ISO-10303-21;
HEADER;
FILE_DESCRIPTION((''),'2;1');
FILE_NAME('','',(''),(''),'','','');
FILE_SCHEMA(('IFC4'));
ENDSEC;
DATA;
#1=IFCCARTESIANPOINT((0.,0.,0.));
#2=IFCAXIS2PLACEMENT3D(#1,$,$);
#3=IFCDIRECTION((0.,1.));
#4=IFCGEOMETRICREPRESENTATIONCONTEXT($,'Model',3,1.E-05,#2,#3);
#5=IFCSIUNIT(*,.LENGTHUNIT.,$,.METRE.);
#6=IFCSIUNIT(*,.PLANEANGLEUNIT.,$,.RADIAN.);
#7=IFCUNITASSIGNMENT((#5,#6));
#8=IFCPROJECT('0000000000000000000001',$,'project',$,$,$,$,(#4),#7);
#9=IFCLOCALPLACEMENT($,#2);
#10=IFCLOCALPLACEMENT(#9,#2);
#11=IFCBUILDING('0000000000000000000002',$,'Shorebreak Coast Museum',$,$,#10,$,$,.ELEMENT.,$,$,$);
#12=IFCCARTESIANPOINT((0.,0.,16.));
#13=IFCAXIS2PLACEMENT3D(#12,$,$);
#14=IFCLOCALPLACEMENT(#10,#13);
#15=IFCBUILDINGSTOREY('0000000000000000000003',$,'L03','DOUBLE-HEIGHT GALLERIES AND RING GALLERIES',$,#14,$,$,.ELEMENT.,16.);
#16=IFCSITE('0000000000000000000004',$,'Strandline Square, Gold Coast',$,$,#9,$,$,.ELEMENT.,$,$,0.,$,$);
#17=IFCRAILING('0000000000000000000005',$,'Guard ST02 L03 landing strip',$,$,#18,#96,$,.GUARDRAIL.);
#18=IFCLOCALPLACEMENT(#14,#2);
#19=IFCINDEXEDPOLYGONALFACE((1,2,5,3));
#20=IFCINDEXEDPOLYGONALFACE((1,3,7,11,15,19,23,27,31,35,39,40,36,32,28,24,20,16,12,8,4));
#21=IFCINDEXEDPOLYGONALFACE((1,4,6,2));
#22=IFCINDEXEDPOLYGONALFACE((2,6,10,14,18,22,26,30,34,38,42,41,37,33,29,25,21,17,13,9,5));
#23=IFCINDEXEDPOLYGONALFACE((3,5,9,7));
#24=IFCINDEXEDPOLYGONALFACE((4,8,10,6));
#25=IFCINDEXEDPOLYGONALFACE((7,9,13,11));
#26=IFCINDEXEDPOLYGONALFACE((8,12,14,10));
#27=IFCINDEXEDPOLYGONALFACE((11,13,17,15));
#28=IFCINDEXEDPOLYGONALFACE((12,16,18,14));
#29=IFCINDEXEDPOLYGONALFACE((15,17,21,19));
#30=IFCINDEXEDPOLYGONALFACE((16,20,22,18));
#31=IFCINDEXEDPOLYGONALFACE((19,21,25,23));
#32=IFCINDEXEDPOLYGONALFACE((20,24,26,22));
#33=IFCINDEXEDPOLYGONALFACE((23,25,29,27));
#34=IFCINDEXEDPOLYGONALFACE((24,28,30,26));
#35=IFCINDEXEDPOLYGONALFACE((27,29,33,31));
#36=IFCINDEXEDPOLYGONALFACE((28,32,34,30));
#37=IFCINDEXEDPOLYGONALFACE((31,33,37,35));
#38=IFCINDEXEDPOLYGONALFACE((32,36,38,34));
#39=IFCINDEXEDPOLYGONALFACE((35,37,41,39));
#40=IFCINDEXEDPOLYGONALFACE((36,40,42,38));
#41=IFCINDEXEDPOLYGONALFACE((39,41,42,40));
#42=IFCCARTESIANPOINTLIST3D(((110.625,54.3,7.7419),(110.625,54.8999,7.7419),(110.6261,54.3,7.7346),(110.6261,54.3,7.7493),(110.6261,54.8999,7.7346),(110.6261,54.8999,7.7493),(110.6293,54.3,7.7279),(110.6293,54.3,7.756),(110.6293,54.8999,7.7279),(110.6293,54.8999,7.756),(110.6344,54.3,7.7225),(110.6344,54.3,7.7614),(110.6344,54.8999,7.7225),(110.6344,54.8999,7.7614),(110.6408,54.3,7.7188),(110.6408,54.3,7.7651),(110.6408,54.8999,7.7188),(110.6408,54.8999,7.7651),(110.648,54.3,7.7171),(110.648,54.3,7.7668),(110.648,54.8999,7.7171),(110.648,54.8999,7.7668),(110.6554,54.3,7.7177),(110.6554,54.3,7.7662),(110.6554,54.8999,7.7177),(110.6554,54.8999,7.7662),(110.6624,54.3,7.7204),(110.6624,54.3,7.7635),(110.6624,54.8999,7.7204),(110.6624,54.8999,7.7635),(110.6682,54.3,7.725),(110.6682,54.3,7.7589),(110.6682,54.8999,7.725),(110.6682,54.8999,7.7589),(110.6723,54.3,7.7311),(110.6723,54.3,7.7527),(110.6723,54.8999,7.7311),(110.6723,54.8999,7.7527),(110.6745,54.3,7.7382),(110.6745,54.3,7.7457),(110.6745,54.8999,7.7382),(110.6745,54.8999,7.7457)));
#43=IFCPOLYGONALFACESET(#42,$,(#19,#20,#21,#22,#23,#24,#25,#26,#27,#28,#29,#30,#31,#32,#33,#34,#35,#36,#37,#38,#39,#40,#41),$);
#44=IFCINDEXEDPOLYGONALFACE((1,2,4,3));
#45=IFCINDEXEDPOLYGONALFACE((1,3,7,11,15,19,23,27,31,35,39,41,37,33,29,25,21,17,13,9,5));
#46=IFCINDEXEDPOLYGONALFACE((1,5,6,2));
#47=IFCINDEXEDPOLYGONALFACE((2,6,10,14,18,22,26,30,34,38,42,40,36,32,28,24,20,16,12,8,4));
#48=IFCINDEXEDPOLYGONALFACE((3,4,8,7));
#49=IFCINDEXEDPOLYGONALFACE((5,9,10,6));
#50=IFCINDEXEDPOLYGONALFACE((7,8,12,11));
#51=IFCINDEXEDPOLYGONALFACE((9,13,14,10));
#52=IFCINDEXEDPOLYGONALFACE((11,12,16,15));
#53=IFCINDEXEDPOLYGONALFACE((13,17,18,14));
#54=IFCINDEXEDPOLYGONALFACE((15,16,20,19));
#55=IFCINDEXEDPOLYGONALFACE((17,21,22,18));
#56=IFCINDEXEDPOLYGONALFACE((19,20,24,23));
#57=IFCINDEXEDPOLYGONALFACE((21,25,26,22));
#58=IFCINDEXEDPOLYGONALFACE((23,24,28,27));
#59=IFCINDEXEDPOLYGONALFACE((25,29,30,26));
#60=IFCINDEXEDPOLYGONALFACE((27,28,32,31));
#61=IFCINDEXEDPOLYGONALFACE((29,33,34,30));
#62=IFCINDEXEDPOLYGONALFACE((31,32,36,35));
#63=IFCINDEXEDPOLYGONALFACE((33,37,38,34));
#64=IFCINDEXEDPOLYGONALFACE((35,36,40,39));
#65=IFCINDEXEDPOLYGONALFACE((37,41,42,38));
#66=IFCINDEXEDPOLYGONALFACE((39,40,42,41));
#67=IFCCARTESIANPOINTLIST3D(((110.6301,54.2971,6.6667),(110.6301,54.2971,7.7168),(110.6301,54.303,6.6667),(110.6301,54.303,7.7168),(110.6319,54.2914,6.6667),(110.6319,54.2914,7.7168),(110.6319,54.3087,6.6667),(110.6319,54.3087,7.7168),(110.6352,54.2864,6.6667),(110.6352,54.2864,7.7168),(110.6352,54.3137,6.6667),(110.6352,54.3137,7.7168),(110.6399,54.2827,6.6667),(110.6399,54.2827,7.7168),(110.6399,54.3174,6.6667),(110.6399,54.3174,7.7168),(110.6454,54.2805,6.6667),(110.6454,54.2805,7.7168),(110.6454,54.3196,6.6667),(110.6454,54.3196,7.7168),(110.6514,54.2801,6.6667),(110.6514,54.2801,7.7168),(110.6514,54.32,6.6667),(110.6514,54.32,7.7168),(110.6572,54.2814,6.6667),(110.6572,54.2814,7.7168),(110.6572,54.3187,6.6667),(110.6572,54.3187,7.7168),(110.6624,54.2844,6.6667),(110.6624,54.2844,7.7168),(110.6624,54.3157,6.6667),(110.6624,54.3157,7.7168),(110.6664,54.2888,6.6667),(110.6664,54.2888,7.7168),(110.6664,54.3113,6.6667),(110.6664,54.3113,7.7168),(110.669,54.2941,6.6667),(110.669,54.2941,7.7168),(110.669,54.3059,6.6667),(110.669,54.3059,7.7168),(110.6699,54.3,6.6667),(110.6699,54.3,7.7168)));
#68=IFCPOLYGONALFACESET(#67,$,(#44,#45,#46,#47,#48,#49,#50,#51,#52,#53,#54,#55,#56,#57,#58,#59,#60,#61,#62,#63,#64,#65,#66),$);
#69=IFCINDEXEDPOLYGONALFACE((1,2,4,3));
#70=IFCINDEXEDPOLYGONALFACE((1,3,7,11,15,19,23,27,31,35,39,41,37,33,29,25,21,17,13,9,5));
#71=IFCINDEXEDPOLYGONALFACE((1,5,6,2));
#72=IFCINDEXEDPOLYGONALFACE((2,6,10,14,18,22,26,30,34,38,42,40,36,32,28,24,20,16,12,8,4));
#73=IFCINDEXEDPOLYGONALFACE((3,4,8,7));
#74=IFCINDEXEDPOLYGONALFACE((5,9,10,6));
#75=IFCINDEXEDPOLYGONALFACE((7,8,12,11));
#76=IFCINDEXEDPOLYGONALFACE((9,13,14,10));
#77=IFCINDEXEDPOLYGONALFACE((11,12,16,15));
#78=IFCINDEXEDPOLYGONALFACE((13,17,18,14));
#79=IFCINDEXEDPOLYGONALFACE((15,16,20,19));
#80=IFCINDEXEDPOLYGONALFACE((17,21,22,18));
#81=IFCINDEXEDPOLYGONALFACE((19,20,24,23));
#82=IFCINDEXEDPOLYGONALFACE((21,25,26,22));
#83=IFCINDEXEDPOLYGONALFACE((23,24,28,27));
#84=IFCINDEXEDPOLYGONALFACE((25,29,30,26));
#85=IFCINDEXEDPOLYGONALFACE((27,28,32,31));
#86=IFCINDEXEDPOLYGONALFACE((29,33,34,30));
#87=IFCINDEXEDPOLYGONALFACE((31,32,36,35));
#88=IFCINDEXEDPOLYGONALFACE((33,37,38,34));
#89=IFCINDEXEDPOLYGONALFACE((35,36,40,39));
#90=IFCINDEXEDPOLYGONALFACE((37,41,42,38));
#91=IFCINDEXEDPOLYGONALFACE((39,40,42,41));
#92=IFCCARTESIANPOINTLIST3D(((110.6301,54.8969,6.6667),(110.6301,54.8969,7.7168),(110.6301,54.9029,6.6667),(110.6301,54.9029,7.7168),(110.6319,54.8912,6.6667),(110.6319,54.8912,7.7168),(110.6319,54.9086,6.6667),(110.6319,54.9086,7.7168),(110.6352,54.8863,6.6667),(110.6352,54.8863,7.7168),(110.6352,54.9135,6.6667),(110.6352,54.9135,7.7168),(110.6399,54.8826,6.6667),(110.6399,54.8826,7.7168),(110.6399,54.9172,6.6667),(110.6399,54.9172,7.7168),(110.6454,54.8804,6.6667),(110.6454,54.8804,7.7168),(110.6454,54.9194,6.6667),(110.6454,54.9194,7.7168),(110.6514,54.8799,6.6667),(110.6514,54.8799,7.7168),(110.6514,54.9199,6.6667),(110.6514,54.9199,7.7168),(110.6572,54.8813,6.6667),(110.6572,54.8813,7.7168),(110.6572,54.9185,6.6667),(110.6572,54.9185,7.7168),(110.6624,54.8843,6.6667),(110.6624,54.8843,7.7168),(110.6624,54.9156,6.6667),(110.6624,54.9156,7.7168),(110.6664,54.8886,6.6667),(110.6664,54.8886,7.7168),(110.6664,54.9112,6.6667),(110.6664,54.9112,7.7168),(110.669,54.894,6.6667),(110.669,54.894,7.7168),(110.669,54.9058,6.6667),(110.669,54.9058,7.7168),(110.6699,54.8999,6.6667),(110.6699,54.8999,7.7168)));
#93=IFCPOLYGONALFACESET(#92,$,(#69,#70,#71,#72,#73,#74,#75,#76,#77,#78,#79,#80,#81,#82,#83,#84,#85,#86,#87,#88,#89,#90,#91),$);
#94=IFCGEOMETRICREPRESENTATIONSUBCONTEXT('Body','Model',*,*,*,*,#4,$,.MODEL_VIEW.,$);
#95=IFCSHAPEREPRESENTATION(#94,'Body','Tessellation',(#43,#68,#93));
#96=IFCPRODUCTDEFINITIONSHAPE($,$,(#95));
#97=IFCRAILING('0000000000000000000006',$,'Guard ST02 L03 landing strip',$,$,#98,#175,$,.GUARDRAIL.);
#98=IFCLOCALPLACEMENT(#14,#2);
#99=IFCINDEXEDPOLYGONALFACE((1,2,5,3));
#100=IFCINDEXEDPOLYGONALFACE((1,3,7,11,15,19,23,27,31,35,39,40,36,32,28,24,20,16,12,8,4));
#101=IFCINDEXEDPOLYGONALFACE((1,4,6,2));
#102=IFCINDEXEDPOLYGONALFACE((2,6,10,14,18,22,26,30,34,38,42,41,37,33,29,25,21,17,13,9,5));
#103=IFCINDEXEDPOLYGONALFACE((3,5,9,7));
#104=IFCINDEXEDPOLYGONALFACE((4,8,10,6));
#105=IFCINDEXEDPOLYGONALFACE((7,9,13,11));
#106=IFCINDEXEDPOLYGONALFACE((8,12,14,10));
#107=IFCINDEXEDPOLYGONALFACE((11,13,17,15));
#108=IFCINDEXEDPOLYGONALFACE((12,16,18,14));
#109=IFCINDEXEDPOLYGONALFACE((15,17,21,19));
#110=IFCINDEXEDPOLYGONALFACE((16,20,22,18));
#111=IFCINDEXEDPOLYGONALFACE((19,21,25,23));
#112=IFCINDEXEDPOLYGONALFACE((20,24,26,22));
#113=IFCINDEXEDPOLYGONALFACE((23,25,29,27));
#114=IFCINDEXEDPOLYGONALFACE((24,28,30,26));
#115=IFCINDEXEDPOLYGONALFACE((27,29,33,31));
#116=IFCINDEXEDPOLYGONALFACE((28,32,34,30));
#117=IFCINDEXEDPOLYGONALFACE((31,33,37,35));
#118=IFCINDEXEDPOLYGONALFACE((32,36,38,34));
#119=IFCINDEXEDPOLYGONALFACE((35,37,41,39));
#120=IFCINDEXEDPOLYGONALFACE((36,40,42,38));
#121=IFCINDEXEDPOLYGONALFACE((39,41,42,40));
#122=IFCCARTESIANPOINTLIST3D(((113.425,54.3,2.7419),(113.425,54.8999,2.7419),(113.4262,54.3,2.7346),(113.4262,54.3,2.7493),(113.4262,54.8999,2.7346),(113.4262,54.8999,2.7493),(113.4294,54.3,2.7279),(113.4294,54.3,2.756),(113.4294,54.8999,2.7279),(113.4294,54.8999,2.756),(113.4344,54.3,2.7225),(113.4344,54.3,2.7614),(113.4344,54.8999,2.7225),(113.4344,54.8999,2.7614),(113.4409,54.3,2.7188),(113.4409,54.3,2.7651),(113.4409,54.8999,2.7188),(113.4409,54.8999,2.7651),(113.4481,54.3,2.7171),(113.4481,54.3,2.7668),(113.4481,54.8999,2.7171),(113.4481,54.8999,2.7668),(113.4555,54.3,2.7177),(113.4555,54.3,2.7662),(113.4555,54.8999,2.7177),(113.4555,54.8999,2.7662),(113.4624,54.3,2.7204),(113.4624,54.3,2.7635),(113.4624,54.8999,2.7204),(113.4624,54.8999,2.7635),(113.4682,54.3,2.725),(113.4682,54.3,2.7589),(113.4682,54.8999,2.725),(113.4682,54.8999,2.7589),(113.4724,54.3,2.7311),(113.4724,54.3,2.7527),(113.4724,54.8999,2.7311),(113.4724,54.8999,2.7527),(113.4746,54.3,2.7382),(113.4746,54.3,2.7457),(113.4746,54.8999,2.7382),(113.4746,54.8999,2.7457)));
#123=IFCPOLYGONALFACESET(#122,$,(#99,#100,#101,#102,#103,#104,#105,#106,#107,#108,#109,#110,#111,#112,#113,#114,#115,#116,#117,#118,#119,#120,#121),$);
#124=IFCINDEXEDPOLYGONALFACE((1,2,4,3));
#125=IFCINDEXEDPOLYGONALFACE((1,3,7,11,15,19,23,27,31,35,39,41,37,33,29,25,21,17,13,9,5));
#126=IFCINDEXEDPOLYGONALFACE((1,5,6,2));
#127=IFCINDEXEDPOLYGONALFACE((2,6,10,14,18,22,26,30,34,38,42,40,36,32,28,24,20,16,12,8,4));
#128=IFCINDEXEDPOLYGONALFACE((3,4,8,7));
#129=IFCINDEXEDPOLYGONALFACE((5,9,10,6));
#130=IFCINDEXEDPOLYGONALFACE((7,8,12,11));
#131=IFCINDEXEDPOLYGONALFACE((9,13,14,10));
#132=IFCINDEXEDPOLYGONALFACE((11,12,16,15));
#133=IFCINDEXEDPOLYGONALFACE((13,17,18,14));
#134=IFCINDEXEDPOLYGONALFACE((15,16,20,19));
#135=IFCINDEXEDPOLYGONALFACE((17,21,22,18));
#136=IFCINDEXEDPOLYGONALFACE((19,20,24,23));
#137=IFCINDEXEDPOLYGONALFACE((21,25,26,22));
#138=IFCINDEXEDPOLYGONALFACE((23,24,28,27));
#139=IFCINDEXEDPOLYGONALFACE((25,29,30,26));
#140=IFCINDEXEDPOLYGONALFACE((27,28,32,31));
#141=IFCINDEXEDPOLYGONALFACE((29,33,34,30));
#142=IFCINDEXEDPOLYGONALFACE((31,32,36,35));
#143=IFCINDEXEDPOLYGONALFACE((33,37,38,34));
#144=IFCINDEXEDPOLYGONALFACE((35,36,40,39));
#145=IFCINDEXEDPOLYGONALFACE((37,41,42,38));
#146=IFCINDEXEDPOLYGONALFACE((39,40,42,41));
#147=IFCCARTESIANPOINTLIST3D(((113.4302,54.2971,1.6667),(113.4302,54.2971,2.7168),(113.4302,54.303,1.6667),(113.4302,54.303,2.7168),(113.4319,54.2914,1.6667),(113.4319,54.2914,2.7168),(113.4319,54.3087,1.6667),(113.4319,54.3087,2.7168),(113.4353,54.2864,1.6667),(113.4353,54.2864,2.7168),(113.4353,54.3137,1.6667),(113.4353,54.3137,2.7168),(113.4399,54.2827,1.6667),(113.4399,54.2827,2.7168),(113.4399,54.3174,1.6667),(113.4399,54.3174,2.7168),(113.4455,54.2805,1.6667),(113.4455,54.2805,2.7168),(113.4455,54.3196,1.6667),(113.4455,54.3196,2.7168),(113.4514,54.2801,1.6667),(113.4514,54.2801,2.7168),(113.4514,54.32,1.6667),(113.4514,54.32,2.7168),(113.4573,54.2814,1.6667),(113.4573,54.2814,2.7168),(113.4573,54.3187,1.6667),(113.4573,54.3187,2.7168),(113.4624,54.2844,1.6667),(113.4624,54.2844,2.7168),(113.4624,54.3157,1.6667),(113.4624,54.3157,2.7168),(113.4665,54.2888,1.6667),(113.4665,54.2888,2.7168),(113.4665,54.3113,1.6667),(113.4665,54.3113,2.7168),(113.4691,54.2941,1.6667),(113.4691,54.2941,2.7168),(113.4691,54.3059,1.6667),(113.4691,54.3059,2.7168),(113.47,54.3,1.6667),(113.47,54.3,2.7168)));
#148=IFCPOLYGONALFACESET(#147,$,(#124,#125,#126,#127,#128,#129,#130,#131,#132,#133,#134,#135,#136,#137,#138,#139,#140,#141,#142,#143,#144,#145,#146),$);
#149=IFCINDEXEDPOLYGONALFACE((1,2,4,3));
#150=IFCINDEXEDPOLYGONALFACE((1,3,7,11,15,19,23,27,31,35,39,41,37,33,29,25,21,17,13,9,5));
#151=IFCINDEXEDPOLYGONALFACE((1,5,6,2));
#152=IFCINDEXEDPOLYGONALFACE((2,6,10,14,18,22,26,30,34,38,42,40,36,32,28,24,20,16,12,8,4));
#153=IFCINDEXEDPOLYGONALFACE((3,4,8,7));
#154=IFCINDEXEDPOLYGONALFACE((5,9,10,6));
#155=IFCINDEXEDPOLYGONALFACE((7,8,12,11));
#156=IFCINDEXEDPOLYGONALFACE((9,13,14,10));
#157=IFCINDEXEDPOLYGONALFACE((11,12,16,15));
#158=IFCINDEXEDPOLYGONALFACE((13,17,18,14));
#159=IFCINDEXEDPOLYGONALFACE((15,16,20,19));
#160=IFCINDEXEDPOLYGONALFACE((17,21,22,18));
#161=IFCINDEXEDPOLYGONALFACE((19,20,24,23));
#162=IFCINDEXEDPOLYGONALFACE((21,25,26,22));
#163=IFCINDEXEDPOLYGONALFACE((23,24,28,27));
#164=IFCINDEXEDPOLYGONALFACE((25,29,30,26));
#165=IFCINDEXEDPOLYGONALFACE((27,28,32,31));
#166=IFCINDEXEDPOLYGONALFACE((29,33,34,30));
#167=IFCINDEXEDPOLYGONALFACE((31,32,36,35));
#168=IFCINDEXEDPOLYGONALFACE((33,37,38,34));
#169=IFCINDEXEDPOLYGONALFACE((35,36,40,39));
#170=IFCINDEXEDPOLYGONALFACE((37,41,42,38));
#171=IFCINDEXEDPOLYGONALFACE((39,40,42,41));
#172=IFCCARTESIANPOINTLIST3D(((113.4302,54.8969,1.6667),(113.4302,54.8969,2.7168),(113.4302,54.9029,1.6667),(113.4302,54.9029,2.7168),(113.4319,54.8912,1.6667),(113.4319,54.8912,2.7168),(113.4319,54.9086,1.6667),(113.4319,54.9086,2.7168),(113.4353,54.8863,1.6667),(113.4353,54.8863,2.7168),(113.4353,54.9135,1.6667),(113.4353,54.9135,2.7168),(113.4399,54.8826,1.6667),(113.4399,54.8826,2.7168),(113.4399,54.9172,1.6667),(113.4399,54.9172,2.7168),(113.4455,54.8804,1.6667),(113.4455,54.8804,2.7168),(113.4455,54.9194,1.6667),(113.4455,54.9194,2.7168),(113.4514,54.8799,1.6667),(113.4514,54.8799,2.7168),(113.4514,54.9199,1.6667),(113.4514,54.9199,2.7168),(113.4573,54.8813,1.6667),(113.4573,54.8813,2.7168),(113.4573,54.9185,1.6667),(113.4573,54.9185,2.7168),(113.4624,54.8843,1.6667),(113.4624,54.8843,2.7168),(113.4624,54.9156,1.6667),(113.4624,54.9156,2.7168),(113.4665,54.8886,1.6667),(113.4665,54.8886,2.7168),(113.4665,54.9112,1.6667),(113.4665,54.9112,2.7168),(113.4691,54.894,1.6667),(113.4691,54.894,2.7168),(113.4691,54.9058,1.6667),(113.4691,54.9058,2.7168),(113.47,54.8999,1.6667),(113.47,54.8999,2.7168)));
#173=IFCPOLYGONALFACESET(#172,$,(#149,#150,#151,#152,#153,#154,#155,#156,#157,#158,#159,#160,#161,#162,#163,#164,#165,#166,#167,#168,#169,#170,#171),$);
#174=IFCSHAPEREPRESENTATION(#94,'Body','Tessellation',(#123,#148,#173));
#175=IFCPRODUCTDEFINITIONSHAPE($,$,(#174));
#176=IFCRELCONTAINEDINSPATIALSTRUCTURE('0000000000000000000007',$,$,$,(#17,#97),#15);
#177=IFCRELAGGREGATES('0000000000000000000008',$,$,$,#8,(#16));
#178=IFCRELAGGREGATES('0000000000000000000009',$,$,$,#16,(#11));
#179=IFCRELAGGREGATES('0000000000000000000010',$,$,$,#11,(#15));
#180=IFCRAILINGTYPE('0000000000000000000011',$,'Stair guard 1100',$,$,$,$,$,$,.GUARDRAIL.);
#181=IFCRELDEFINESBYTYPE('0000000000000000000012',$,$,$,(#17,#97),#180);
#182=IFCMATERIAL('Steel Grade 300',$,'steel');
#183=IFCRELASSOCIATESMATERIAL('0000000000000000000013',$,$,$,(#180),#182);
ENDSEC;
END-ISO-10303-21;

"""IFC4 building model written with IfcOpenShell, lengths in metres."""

from ifc_helpers import new_model, si_unit, direction, frame, origin, origin_2d, place, context, subcontext, project, spatial, circle, extrude, material, type_object, element, save


model = new_model("IFC4")

# Units and contexts
model_context = context("Model", 3, precision=1e-05, world=origin(), true_north=direction((0.0, 1.0)))
body_context = subcontext(model_context, "Body", "Model", "MODEL_VIEW")
ifc_project = project(units=[si_unit("LENGTHUNIT", "METRE"), si_unit("PLANEANGLEUNIT", "RADIAN")], contexts=[model_context])

# Site, building, storey
site_placement = place(None, origin())
site = spatial("IfcSite", under=ifc_project, at=site_placement, Name="Strandline Square, Gold Coast", CompositionType="ELEMENT", RefElevation=0.0)
building_placement = place(site_placement, origin())
building = spatial("IfcBuilding", under=site, at=building_placement, Name="Shorebreak Coast Museum", CompositionType="ELEMENT")
storey_placement = place(building_placement, frame((0.0, 0.0, 16.0)))
storey = spatial("IfcBuildingStorey", under=building, at=storey_placement, Name="L03", Description="DOUBLE-HEIGHT GALLERIES AND RING GALLERIES", CompositionType="ELEMENT", Elevation=16.0)

# Railings
ifc_material_1 = material(Name="Steel Grade 300", Category="steel")
railing_type_1 = type_object("IfcRailingType", Name="Stair guard 1100", PredefinedType="GUARDRAIL", material=ifc_material_1)
for number, where, name in (
    (1, (110.6499, 54.3, 6.6667), "Guard ST02 L03 landing strip"),
    (2, (113.45, 54.3, 1.6667), "Guard ST02 L03 landing strip"),
):
    element("IfcRailing", number, at=place(storey_placement, frame(where)), inside=storey, type_object=railing_type_1, Name=name, PredefinedType="GUARDRAIL", context=body_context, shape_type="SweptSolid", body=[
        extrude(circle(Radius=0.0249, at=origin_2d()), frame((0.0, 0.0, 1.0752), z_axis=(0.0, 1.0, 0.0), x_axis=(-1.0, 0.0, 0.0)), (0.0, 0.0, 1.0), 0.5999),
        extrude(circle(Radius=0.02, at=origin_2d()), origin(), (0.0, 0.0, 1.0), 1.05),
        extrude(circle(Radius=0.02, at=origin_2d()), frame((0.0, 0.5999, 0.0)), (0.0, 0.0, 1.0), 1.05),
    ])

save(model, "model.ifc")
